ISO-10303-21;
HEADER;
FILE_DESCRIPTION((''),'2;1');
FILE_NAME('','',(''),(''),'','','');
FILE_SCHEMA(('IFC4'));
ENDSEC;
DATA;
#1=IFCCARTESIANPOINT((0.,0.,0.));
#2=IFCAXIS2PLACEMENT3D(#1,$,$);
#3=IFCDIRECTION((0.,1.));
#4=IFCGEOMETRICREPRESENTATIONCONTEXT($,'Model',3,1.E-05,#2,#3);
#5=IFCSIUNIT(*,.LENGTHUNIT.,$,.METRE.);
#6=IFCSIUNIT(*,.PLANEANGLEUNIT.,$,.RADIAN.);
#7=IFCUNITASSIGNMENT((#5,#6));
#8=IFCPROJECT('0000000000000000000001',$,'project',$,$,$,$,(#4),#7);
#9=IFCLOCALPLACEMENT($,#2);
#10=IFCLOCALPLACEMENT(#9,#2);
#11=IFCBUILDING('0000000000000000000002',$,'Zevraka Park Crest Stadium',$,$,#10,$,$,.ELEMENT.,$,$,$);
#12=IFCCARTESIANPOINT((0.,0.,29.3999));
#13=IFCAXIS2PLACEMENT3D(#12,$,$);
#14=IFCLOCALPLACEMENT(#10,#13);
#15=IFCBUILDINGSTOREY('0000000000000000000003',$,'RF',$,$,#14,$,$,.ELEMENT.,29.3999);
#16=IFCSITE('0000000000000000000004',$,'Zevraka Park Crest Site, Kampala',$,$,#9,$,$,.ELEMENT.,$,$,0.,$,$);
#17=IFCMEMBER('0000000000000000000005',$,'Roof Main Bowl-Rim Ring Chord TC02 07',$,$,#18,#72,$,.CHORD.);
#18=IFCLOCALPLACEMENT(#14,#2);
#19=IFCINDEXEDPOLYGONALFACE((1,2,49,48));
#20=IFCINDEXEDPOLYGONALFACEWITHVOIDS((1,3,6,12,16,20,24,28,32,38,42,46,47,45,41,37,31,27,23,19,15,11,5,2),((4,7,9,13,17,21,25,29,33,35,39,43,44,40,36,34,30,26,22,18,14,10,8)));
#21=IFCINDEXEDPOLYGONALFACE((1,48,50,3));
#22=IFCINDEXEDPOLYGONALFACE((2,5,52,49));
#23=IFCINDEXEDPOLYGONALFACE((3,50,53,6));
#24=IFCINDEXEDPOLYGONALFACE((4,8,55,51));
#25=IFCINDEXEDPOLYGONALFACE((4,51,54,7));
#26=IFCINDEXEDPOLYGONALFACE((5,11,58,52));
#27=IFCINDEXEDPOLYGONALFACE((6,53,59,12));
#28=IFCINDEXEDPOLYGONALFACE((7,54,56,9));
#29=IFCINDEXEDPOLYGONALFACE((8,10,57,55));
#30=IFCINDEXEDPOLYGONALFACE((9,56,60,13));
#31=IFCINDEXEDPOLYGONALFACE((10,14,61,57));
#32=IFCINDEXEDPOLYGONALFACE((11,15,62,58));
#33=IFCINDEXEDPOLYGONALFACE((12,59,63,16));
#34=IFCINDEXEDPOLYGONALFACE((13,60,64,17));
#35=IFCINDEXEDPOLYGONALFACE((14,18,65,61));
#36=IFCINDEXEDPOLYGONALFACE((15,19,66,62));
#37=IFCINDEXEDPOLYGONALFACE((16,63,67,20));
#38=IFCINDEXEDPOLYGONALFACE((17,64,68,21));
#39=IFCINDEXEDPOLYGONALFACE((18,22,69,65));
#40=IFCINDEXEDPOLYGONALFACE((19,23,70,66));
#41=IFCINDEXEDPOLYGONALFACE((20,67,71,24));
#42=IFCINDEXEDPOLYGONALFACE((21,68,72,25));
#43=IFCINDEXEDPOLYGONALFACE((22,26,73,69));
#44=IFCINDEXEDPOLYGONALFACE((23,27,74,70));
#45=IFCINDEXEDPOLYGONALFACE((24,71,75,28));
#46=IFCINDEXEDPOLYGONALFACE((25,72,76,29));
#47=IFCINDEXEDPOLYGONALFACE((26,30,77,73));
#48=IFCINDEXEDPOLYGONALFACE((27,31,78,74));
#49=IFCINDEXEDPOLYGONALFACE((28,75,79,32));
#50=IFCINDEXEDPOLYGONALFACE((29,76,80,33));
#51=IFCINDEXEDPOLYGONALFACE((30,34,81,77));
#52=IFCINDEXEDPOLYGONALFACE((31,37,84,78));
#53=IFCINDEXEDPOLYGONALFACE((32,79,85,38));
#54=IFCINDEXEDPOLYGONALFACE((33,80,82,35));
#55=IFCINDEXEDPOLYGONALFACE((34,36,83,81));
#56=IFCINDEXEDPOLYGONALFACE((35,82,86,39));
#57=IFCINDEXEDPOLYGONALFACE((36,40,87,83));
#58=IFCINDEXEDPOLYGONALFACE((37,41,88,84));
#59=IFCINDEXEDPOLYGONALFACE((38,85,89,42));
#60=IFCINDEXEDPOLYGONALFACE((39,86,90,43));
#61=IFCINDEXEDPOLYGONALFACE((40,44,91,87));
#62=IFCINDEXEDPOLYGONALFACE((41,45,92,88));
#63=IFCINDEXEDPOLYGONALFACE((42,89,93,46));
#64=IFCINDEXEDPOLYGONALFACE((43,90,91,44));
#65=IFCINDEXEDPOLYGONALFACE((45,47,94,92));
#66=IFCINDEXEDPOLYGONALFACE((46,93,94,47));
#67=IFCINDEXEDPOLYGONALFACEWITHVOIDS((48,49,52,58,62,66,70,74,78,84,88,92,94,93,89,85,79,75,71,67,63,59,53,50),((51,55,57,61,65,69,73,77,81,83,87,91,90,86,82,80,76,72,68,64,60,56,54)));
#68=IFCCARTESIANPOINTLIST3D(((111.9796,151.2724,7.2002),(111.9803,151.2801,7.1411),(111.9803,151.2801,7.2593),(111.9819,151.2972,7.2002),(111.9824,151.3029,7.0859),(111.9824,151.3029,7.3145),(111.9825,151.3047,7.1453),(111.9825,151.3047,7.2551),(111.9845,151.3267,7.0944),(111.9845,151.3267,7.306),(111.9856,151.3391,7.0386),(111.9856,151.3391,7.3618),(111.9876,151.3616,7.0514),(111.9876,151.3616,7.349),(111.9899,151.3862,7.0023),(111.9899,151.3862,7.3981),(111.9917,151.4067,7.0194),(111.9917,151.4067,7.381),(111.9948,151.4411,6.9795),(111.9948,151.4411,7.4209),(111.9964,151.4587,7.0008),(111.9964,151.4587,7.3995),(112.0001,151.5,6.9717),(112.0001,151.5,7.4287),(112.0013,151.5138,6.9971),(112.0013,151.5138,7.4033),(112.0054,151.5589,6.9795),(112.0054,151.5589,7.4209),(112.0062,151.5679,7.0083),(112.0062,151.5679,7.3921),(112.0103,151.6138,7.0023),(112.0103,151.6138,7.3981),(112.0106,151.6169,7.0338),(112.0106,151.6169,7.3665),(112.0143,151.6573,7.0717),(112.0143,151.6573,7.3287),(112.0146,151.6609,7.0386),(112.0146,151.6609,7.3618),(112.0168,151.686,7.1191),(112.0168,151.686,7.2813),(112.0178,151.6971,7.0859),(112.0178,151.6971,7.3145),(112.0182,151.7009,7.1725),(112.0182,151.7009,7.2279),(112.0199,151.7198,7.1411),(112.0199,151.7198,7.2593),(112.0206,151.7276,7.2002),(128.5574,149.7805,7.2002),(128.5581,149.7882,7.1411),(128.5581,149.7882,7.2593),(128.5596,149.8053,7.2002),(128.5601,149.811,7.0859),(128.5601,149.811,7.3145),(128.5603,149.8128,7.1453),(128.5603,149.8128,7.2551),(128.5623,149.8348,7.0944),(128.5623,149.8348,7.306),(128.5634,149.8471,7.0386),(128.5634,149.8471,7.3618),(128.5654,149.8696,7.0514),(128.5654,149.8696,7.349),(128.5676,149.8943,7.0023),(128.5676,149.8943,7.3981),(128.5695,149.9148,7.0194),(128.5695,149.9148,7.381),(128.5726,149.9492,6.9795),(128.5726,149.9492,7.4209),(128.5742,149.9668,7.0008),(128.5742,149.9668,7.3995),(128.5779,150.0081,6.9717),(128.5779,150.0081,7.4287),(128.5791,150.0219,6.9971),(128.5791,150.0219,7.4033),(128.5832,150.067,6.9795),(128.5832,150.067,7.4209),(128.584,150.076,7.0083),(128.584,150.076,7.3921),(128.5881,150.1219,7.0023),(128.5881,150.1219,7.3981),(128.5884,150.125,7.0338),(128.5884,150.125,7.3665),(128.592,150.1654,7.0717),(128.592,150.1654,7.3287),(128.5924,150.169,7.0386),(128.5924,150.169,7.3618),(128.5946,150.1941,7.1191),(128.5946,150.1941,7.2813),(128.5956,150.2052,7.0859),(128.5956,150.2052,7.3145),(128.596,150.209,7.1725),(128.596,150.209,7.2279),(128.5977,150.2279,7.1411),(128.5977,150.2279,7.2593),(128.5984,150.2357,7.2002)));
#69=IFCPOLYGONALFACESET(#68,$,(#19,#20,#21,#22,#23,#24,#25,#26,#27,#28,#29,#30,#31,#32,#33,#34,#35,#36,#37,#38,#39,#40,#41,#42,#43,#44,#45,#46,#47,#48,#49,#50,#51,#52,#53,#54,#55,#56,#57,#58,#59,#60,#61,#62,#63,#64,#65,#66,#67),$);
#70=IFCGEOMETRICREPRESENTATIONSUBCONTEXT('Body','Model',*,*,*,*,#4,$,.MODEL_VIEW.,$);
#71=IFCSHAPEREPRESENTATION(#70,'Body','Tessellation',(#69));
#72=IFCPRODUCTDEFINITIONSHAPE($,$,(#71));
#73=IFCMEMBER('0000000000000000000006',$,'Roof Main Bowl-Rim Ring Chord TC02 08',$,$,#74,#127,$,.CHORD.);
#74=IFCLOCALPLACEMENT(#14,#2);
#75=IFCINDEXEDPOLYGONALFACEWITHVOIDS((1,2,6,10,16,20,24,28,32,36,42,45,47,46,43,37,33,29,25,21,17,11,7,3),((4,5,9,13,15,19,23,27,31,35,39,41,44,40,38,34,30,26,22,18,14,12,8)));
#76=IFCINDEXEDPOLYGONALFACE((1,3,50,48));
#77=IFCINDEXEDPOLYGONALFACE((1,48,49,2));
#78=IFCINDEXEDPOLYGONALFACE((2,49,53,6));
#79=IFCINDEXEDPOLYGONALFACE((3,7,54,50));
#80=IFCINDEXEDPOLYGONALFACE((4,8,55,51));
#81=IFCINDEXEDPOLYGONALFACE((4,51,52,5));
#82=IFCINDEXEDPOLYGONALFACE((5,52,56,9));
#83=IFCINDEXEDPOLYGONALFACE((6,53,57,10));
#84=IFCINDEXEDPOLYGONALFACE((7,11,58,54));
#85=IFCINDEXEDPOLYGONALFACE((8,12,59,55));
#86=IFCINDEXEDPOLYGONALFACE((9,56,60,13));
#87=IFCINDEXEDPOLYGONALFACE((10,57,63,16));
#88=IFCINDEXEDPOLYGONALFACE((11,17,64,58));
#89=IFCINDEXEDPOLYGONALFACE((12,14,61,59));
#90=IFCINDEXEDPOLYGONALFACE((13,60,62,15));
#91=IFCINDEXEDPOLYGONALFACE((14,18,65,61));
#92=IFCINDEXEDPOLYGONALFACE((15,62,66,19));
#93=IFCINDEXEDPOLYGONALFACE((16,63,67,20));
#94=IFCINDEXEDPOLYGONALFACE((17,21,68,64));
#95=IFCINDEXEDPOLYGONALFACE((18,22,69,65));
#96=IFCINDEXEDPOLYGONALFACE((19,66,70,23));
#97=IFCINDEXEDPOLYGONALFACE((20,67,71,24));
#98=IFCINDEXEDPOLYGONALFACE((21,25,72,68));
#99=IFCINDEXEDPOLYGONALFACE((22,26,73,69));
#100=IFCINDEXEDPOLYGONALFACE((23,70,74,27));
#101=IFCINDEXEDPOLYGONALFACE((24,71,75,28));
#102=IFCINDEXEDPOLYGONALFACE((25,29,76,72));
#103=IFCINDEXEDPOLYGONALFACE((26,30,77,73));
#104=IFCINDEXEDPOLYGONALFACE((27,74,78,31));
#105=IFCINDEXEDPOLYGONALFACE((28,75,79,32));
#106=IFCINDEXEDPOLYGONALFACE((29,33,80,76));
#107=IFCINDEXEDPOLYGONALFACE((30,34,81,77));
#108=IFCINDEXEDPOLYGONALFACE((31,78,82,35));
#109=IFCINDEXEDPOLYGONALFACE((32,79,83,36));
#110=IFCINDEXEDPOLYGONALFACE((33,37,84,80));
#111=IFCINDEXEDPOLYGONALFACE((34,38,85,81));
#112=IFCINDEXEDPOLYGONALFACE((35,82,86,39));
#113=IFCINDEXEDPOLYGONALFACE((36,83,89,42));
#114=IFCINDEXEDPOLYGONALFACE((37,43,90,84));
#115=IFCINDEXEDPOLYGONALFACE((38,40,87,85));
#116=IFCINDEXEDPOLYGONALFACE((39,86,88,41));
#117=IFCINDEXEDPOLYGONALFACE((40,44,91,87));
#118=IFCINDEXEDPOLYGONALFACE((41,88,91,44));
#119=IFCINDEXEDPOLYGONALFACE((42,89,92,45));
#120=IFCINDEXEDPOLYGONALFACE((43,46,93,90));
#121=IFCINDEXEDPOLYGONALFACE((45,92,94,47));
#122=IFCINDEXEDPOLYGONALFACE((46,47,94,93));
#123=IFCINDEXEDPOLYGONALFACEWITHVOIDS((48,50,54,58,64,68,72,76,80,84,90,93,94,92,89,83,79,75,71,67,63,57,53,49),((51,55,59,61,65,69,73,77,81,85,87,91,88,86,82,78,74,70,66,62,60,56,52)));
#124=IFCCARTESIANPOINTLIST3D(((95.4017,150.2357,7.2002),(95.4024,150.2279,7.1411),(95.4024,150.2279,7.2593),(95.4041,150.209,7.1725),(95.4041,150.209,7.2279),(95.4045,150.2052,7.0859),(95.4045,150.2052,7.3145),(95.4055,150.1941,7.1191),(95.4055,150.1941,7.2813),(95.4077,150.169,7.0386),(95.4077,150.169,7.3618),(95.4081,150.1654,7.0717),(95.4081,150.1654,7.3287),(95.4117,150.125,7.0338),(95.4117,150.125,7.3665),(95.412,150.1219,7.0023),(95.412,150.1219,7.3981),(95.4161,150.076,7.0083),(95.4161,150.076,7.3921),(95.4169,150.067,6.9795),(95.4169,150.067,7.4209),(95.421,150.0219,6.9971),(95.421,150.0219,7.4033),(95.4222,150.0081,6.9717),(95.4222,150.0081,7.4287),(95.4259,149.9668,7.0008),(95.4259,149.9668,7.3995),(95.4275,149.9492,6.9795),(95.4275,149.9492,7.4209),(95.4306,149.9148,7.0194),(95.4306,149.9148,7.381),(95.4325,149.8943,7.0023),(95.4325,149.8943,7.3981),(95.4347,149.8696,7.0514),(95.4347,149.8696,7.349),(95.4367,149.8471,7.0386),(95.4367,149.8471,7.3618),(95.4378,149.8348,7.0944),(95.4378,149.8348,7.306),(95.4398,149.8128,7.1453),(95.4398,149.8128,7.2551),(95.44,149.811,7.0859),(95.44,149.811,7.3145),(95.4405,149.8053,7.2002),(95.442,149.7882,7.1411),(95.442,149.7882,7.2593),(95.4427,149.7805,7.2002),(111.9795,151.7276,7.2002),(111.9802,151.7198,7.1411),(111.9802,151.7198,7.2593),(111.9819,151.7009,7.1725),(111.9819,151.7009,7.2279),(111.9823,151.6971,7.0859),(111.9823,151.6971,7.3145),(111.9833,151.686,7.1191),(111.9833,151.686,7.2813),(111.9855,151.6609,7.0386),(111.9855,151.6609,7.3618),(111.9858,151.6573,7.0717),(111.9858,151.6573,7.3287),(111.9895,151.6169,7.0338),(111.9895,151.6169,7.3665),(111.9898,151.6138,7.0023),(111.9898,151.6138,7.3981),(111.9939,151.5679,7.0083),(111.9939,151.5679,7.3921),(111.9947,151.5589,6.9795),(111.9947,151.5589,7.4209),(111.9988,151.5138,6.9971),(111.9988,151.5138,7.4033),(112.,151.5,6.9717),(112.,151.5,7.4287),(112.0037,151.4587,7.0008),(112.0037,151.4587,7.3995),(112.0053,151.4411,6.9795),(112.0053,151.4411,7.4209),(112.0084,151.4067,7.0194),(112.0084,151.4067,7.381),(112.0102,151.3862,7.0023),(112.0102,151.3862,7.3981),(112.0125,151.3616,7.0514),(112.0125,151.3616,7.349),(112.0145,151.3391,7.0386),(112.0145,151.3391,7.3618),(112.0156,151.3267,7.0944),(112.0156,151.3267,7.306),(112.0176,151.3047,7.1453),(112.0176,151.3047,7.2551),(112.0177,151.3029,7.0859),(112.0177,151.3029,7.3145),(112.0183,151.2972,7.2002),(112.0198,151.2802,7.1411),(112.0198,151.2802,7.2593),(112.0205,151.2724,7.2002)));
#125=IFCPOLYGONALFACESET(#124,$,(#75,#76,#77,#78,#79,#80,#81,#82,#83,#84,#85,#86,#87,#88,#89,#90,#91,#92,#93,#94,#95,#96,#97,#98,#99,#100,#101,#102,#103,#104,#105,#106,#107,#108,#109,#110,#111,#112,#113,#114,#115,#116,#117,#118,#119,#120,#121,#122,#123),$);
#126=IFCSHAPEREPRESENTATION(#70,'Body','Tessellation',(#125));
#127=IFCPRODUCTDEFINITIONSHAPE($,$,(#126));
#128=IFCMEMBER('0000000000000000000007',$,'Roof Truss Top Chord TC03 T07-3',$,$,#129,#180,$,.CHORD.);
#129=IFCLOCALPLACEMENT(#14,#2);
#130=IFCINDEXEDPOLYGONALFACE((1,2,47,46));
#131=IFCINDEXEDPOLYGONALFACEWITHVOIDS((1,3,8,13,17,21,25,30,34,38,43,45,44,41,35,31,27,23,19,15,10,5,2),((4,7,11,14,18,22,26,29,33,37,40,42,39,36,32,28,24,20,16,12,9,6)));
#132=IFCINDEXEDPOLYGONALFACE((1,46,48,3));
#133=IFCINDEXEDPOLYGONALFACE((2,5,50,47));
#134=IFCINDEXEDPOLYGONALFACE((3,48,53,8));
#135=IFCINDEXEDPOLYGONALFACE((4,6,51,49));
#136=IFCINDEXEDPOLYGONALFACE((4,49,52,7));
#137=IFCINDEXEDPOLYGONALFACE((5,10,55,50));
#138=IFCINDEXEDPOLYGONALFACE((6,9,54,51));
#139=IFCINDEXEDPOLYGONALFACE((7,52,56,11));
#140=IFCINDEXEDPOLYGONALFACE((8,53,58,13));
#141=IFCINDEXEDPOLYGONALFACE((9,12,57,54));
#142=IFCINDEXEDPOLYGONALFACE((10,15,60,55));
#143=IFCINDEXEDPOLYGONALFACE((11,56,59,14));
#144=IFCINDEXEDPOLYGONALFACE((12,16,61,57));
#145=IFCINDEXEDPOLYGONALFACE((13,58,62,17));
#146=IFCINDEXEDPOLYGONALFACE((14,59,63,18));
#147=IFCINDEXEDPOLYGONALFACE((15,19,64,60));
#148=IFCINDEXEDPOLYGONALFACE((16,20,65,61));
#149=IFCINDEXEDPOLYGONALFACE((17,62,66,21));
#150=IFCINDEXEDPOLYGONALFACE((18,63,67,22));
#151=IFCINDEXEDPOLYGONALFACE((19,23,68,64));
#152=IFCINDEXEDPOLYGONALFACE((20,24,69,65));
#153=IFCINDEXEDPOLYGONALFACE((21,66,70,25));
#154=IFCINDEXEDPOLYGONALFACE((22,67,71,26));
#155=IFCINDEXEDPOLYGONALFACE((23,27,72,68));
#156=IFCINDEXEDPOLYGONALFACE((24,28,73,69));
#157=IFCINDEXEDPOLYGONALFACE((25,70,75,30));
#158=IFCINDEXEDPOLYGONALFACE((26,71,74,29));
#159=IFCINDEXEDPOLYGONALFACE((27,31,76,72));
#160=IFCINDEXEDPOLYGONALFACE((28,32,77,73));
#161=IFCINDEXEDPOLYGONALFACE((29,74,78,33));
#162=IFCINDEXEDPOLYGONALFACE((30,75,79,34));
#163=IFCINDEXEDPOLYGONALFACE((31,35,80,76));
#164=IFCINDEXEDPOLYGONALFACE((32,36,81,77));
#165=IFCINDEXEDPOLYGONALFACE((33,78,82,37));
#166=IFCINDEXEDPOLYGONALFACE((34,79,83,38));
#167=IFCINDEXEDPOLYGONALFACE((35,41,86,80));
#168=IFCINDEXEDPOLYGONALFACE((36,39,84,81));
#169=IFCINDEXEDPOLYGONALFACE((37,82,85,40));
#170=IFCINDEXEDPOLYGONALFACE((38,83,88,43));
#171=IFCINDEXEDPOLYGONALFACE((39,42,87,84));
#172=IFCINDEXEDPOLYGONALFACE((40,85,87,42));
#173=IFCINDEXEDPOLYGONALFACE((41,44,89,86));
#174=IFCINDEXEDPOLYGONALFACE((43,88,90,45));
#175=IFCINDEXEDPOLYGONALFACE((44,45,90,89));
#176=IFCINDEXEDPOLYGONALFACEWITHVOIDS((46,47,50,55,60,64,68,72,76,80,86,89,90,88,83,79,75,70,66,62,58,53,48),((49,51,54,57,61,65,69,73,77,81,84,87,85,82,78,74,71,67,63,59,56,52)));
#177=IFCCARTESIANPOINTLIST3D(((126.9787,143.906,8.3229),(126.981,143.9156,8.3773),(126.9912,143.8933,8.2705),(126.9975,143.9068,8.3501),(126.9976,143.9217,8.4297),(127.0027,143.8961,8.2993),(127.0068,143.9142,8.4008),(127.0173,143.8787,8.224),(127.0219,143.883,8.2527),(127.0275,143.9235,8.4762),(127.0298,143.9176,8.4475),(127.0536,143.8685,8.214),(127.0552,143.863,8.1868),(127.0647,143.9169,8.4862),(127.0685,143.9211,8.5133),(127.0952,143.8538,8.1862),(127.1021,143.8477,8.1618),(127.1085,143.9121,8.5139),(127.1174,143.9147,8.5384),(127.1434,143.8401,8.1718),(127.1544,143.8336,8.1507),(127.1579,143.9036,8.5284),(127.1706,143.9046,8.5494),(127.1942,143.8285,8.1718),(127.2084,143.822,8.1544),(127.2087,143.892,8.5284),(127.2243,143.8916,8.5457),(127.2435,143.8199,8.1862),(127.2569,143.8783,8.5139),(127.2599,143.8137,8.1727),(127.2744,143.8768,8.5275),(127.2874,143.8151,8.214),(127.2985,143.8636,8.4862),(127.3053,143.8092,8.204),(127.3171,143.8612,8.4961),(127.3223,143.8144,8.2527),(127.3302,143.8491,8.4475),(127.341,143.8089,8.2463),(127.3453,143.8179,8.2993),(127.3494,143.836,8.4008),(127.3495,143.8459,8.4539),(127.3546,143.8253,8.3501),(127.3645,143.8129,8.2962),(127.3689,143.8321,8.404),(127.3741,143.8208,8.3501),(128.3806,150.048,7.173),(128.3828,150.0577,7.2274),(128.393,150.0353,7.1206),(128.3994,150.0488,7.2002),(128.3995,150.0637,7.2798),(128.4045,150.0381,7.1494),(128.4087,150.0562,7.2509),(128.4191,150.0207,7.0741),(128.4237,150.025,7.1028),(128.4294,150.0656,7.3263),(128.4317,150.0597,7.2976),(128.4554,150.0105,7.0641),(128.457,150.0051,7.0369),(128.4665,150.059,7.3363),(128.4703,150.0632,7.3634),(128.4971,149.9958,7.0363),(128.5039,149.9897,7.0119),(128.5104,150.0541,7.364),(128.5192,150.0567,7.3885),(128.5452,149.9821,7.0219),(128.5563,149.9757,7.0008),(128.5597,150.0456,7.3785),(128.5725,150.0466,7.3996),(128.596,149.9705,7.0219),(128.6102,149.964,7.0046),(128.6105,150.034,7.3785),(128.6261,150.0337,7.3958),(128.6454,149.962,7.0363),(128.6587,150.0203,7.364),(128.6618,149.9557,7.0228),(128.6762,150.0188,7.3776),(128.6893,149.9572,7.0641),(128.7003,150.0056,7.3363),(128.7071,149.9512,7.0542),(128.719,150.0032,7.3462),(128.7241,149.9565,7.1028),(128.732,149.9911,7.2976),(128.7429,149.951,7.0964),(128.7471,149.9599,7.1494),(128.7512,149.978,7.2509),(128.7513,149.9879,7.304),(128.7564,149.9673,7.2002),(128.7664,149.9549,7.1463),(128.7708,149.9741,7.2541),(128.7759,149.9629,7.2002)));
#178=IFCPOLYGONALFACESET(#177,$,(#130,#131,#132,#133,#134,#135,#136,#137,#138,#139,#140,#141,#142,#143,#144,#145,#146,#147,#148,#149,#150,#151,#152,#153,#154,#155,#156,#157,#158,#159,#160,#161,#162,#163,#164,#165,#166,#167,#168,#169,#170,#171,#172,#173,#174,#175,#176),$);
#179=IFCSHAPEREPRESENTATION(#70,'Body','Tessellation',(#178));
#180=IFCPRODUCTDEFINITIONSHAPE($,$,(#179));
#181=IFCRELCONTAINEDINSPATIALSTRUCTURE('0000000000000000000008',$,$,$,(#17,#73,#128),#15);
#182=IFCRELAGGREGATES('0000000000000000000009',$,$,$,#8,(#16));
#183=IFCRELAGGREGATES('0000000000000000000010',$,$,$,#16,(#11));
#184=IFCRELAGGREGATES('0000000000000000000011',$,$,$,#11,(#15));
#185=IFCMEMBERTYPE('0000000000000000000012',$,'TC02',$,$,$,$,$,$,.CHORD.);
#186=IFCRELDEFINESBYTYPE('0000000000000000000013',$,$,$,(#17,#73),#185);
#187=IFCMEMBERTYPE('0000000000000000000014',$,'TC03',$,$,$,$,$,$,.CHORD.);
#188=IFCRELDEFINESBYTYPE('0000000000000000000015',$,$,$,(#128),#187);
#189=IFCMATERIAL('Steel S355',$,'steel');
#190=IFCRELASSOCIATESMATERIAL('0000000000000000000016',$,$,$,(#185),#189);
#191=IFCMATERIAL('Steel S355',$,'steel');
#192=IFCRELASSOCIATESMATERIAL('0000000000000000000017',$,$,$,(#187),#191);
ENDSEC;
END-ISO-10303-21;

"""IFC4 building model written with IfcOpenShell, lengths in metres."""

from ifc_helpers import new_model, si_unit, direction, frame, origin, origin_2d, place, context, subcontext, project, spatial, hollow_circle, extrude, material, material_profile, profile_set, type_object, element, save


model = new_model("IFC4")

# Units and contexts
model_context = context("Model", 3, precision=1e-05, world=origin(), true_north=direction((0.0, 1.0)))
body_context = subcontext(model_context, "Body", "Model", "MODEL_VIEW")
ifc_project = project(units=[si_unit("LENGTHUNIT", "METRE"), si_unit("PLANEANGLEUNIT", "RADIAN")], contexts=[model_context])

# Site, building, storey
site_placement = place(None, origin())
site = spatial("IfcSite", under=ifc_project, at=site_placement, Name="Zevraka Park Crest Site, Kampala", CompositionType="ELEMENT", RefElevation=0.0)
building_placement = place(site_placement, origin())
building = spatial("IfcBuilding", under=site, at=building_placement, Name="Zevraka Park Crest Stadium", CompositionType="ELEMENT")
storey_placement = place(building_placement, frame((0.0, 0.0, 29.3999)))
storey = spatial("IfcBuildingStorey", under=building, at=storey_placement, Name="RF", CompositionType="ELEMENT", Elevation=29.3999)

# Members
ifc_material_1 = material(Name="Steel S355", Category="steel")
ifc_material_profile_1 = material_profile(ifc_material_1, hollow_circle(Radius=0.2285, WallThickness=0.0249, at=origin_2d()), Name="CHS 457.0x25")
ifc_profile_set_1 = profile_set([ifc_material_profile_1], Name="Steel S355")
member_type_1 = type_object("IfcMemberType", Name="TC02", PredefinedType="CHORD", material=ifc_profile_set_1)
for number, where, z_axis, x_axis, name in (
    (1, (128.5779, 150.0081, 7.2002), (-0.995975, 0.089634, 0.0), (-0.089634, -0.995975, 0.0), "Roof Main Bowl-Rim Ring Chord TC02 07"),
    (2, (112.0, 151.5, 7.2002), (-0.995975, -0.089634, 0.0), (0.089634, -0.995975, 0.0), "Roof Main Bowl-Rim Ring Chord TC02 08"),
):
    element("IfcMember", number, at=place(storey_placement, frame(where, z_axis=z_axis, x_axis=x_axis)), inside=storey, type_object=member_type_1, Name=name, PredefinedType="CHORD", context=body_context, shape_type="SweptSolid", body=[
        extrude(hollow_circle(Radius=0.2285, WallThickness=0.0249, at=origin_2d()), origin(), (0.0, 0.0, 1.0), 16.6448),
    ])
ifc_material_2 = material(Name="Steel S355", Category="steel")
ifc_material_profile_2 = material_profile(ifc_material_2, hollow_circle(Radius=0.2031, WallThickness=0.02, at=origin_2d()), Name="CHS 406.4x20")
ifc_profile_set_2 = profile_set([ifc_material_profile_2], Name="Steel S355")
member_type_2 = type_object("IfcMemberType", Name="TC03", PredefinedType="CHORD", material=ifc_profile_set_2)
member_1_placement = place(storey_placement, frame((128.5779, 150.0081, 7.2002), z_axis=(-0.218899, -0.959084, 0.179557), x_axis=(0.974929, -0.222515, 0.0)))
element("IfcMember", 3, at=member_1_placement, inside=storey, type_object=member_type_2, Name="Roof Truss Top Chord TC03 T07-3", PredefinedType="CHORD", context=body_context, shape_type="SweptSolid", body=[
    extrude(hollow_circle(Radius=0.2031, WallThickness=0.02, at=origin_2d()), origin(), (0.0, 0.0, 1.0), 6.4041),
])

save(model, "model.ifc")
